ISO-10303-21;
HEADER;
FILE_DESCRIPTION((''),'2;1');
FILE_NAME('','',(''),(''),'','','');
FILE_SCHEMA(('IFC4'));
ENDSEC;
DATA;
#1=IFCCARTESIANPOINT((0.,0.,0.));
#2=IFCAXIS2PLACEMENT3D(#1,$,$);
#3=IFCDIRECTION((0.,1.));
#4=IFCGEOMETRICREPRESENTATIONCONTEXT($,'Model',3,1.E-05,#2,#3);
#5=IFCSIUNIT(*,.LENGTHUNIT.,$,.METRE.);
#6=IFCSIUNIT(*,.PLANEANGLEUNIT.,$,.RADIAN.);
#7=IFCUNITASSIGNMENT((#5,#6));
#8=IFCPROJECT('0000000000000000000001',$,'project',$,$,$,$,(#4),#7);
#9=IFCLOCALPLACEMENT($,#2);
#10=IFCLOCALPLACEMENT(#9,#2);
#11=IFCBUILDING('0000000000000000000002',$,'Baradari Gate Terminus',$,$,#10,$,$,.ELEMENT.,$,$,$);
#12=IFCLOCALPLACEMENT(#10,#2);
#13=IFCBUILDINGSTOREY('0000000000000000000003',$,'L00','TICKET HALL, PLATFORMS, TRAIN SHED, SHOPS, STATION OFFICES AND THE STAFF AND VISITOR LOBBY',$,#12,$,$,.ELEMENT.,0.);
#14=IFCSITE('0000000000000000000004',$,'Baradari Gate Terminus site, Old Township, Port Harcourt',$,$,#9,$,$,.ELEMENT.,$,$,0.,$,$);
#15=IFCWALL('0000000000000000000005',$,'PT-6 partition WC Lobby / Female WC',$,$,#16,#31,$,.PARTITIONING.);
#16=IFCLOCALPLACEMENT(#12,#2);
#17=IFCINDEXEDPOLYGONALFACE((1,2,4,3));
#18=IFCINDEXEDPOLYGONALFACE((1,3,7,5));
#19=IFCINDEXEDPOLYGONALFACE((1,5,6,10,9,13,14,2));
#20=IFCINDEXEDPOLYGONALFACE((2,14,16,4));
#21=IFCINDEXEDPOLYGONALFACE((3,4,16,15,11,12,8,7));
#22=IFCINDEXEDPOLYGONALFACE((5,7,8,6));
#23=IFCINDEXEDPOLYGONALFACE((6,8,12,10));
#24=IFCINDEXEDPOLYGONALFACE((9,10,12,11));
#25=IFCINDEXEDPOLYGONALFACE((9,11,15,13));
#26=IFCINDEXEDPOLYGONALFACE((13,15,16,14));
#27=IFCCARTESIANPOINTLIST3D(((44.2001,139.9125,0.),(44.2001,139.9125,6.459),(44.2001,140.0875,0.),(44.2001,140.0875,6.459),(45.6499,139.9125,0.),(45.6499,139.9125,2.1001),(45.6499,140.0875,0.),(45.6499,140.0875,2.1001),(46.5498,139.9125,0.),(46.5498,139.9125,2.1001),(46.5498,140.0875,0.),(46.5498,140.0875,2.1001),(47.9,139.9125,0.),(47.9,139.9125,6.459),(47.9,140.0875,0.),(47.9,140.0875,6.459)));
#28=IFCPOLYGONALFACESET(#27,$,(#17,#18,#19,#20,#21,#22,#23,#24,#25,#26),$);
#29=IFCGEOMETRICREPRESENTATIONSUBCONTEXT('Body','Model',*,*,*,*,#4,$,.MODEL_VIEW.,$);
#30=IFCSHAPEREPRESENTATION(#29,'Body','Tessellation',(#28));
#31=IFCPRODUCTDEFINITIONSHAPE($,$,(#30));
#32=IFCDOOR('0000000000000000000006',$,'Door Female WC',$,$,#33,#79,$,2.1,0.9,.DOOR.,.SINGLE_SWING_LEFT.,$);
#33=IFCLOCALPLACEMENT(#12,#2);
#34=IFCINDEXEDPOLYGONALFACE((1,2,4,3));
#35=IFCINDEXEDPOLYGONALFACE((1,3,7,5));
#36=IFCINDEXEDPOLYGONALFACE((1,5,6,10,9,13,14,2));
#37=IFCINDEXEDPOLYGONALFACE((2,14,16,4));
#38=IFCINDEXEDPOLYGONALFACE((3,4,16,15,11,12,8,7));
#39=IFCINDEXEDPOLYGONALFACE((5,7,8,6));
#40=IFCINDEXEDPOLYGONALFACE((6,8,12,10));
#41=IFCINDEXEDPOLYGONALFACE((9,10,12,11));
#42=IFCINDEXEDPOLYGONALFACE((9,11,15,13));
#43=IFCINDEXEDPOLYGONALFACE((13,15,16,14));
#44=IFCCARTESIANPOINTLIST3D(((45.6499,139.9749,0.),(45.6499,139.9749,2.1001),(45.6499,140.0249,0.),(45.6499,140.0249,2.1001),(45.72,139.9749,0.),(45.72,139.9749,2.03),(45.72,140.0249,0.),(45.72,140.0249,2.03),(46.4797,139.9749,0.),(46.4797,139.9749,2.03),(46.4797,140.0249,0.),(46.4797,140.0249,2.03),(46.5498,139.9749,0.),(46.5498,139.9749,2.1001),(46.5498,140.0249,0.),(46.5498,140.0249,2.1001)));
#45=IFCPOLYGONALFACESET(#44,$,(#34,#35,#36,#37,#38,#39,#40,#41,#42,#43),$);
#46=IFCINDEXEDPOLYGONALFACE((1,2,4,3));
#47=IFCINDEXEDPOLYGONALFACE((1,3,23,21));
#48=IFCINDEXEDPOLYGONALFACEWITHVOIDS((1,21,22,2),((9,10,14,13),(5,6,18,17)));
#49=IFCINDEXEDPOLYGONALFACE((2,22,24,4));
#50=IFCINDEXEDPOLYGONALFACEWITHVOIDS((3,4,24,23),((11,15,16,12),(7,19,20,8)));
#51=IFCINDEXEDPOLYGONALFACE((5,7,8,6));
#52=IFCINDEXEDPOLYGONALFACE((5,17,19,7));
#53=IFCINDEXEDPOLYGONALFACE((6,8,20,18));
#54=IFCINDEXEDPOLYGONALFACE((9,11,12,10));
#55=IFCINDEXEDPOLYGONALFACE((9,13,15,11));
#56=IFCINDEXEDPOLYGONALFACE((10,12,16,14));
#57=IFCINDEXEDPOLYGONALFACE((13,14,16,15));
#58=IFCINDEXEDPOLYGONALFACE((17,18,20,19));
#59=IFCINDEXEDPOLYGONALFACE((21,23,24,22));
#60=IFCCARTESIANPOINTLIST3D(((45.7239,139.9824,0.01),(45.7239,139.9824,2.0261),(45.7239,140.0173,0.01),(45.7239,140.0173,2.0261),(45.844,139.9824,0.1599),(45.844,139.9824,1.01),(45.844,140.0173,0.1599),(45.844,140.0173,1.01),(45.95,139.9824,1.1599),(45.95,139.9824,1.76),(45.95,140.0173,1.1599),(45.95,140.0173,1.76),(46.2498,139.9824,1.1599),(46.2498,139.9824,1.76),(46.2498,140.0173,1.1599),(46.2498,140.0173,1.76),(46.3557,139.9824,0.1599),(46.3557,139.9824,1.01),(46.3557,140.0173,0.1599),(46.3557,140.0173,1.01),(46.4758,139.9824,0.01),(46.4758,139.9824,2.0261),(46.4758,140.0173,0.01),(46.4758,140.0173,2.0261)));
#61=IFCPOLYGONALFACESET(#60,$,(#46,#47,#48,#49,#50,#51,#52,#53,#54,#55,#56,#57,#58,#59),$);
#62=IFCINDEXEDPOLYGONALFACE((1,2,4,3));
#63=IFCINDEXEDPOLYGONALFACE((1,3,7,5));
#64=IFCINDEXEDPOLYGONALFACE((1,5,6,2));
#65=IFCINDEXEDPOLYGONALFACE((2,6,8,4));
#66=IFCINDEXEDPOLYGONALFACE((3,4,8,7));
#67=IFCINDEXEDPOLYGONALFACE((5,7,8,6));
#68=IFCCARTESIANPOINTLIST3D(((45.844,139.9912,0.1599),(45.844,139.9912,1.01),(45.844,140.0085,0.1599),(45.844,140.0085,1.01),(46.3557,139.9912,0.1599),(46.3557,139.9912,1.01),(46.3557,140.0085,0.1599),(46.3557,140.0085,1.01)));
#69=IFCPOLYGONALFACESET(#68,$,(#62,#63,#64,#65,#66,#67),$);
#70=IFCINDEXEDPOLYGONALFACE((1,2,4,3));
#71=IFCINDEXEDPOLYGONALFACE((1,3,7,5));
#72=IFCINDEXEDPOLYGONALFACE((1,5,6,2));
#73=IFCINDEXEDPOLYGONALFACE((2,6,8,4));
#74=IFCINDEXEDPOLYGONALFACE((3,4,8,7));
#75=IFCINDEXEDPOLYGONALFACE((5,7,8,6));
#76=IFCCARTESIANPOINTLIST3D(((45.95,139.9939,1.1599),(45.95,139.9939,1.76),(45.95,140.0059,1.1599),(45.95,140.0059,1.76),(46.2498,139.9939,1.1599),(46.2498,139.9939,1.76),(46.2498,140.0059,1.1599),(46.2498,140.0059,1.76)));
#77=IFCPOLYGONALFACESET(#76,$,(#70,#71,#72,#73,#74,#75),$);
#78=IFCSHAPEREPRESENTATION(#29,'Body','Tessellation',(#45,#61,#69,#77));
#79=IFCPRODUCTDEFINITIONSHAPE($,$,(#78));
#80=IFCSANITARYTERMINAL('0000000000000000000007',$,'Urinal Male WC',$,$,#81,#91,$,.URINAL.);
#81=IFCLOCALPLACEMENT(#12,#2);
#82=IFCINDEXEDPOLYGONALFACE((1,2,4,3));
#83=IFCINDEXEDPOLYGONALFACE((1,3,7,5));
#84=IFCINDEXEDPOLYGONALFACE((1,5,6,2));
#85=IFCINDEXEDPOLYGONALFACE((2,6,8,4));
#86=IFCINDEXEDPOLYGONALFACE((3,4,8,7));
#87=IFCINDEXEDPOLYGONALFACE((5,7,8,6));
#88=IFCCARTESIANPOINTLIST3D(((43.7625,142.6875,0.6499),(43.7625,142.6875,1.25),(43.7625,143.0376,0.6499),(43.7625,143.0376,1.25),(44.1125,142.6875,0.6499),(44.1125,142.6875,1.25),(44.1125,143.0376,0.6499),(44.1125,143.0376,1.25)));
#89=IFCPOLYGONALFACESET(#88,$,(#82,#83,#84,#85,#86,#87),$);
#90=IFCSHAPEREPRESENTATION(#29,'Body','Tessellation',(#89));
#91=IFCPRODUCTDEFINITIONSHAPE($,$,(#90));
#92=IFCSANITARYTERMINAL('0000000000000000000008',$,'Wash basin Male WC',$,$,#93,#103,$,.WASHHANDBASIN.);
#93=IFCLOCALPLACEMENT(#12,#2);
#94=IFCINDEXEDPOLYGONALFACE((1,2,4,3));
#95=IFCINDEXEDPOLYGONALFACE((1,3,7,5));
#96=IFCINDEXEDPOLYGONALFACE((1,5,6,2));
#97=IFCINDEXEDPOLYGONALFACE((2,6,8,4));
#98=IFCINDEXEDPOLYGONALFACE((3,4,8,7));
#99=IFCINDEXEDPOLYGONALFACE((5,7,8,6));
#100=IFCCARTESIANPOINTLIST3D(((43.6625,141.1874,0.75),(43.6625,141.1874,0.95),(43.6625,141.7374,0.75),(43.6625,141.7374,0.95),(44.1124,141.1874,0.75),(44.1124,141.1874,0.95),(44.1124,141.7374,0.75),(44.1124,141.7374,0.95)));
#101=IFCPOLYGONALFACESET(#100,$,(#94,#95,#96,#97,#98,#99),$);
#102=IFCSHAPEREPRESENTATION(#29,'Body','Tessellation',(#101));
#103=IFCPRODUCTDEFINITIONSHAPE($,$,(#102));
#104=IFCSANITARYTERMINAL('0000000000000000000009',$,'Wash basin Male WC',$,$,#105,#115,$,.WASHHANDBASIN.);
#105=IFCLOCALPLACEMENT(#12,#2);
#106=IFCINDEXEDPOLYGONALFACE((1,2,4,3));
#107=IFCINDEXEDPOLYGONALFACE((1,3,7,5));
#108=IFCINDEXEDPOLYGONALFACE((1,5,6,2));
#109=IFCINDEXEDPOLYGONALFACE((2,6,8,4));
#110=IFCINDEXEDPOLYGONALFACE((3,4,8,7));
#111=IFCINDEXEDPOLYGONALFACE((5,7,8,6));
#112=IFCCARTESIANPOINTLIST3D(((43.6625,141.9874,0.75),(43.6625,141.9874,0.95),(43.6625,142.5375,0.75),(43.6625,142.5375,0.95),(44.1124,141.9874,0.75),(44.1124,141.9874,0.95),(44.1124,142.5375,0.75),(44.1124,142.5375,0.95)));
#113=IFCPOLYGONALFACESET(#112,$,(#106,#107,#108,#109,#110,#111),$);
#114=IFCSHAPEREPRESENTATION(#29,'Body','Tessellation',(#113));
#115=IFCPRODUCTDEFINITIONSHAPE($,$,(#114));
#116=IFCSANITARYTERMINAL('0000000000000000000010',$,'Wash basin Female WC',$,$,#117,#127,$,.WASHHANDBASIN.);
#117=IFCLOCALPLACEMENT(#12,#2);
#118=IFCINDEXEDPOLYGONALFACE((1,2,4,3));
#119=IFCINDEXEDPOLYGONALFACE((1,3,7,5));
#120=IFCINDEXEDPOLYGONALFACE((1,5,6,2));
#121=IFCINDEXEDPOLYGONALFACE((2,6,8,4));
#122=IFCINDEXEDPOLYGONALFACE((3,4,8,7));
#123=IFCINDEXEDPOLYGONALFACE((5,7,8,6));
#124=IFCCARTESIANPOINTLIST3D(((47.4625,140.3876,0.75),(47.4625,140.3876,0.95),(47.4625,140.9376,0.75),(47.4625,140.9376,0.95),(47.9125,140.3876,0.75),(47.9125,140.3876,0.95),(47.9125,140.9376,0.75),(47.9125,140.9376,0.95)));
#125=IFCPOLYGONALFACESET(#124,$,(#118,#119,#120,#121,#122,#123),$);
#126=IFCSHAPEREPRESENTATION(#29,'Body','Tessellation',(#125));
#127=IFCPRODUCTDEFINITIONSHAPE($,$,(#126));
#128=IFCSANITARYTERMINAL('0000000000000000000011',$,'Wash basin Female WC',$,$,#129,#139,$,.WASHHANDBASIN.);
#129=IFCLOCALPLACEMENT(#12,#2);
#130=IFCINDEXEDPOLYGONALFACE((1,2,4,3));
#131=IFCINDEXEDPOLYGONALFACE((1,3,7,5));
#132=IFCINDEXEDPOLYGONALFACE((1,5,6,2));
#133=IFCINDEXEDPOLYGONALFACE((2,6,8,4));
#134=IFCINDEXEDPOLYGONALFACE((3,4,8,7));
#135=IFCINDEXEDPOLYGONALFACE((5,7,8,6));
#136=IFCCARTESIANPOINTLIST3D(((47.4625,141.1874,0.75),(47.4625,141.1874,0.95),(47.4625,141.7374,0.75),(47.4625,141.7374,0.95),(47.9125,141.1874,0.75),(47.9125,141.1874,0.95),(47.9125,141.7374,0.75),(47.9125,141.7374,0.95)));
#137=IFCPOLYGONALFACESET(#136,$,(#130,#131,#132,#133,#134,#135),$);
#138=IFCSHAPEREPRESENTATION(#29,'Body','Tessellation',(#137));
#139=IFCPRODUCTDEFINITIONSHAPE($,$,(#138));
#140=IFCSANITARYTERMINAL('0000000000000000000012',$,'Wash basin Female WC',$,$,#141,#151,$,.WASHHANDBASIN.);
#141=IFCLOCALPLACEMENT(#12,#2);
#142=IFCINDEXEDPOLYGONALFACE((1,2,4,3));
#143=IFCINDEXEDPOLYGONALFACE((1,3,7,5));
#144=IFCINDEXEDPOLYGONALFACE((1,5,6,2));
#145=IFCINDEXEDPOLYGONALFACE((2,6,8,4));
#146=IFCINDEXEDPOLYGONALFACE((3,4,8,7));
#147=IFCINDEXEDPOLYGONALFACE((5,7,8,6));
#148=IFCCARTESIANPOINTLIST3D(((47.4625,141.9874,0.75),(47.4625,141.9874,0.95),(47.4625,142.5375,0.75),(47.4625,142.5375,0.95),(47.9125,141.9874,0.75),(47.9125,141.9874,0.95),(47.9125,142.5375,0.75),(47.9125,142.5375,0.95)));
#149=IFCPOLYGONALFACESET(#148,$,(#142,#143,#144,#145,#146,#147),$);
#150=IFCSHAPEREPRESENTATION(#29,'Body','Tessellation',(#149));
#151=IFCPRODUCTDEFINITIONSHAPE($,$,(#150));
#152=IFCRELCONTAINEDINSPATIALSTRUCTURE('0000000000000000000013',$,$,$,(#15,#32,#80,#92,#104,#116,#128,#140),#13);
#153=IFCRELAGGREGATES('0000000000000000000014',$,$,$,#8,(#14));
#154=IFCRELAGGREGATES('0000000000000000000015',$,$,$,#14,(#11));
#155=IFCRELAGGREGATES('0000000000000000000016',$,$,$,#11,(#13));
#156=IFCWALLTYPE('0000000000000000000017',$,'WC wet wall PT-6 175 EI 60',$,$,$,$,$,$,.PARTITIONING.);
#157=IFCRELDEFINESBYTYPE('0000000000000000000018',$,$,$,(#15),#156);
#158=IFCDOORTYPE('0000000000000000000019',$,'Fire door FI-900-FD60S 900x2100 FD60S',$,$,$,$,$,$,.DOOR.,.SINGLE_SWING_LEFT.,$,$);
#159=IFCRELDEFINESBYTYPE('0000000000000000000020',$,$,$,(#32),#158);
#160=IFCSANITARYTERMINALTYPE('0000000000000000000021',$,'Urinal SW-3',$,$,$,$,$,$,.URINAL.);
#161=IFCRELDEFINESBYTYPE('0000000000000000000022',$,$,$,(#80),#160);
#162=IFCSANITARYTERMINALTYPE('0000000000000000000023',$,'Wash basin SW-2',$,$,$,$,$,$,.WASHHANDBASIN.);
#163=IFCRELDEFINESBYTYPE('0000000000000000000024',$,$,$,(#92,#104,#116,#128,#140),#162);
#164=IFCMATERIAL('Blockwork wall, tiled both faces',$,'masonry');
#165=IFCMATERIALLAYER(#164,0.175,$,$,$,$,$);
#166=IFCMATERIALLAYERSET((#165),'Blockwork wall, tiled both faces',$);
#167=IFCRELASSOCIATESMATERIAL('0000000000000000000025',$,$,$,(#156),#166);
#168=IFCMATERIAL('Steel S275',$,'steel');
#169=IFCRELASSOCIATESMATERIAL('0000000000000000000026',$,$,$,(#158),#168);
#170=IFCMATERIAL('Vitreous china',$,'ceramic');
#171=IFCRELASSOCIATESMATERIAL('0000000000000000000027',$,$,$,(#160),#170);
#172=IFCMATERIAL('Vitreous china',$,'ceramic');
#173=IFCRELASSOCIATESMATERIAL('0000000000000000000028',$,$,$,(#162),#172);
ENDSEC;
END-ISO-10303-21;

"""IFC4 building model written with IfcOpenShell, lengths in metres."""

from ifc_helpers import new_model, si_unit, direction, frame, frame_2d, origin, origin_2d, place, context, subcontext, project, spatial, polyline, rectangle, outline, extrude, material, layer, layer_set, type_object, element, fill, save


model = new_model("IFC4")

# Units and contexts
model_context = context("Model", 3, precision=1e-05, world=origin(), true_north=direction((0.0, 1.0)))
body_context = subcontext(model_context, "Body", "Model", "MODEL_VIEW")
ifc_project = project(units=[si_unit("LENGTHUNIT", "METRE"), si_unit("PLANEANGLEUNIT", "RADIAN")], contexts=[model_context])

# Site, building, storey
site_placement = place(None, origin())
site = spatial("IfcSite", under=ifc_project, at=site_placement, Name="Baradari Gate Terminus site, Old Township, Port Harcourt", CompositionType="ELEMENT", RefElevation=0.0)
building_placement = place(site_placement, origin())
building = spatial("IfcBuilding", under=site, at=building_placement, Name="Baradari Gate Terminus", CompositionType="ELEMENT")
storey_placement = place(building_placement, origin())
storey = spatial("IfcBuildingStorey", under=building, at=storey_placement, Name="L00", Description="TICKET HALL, PLATFORMS, TRAIN SHED, SHOPS, STATION OFFICES AND THE STAFF AND VISITOR LOBBY", CompositionType="ELEMENT", Elevation=0.0)

# Shared definitions
ifc_material_1 = material(Name="Blockwork wall, tiled both faces", Category="masonry")
ifc_layer_1 = layer(ifc_material_1, 0.175)
ifc_layer_set_1 = layer_set([ifc_layer_1], Name="Blockwork wall, tiled both faces")
wall_type_1 = type_object("IfcWallType", Name="WC wet wall PT-6 175 EI 60", PredefinedType="PARTITIONING", material=ifc_layer_set_1)

# Wall, opening, door
wall_1_placement = place(storey_placement, frame((44.2, 140.0, 0.0), z_axis=(0.0, 0.0, 1.0), x_axis=(1.0, 0.0, 0.0)))
wall_1 = element("IfcWall", 1, at=wall_1_placement, inside=storey, type_object=wall_type_1, Name="PT-6 partition WC Lobby / Female WC", PredefinedType="PARTITIONING", context=body_context, shape_type="SweptSolid", body=[
    extrude(rectangle(XDim=3.7, YDim=0.175, at=frame_2d((1.8501, 0.0))), origin(), (0.0, 0.0, 1.0), 6.459),
])
opening_1_placement = place(wall_1_placement, frame((1.45, 0.0, 0.0)))
opening_1 = element("IfcOpeningElement", 2, at=opening_1_placement, cuts=wall_1, PredefinedType="OPENING", context=body_context, shape_type="SweptSolid", body=[
    extrude(rectangle(XDim=0.8999, YDim=2.1001, at=frame_2d((0.45, 1.05))), frame((0.0, 0.0974, 0.0), z_axis=(0.0, -1.0, 0.0), x_axis=(1.0, 0.0, 0.0)), (0.0, 0.0, 1.0), 0.1951),
])
ifc_material_2 = material(Name="Steel S275", Category="steel")
door_type_1 = type_object("IfcDoorType", Name="Fire door FI-900-FD60S 900x2100 FD60S", OperationType="SINGLE_SWING_LEFT", PredefinedType="DOOR", material=ifc_material_2)
door_1_placement = place(opening_1_placement, origin())
door_1 = element("IfcDoor", 3, at=door_1_placement, inside=storey, type_object=door_type_1, Name="Door Female WC", OperationType="SINGLE_SWING_LEFT", OverallHeight=2.1, OverallWidth=0.9, PredefinedType="DOOR", context=body_context, shape_type="SweptSolid", body=[
    extrude(outline(polyline([(0.0, 0.0), (0.0701, 0.0), (0.0701, 2.03), (0.8298, 2.03), (0.8298, 0.0), (0.8999, 0.0), (0.8999, 2.1001), (0.0, 2.1001), (0.0, 0.0)])), frame((0.0, 0.0249, 0.0), z_axis=(0.0, -1.0, 0.0), x_axis=(1.0, 0.0, 0.0)), (0.0, 0.0, 1.0), 0.05),
    extrude(outline(polyline([(0.074, 0.01), (0.8259, 0.01), (0.8259, 2.0261), (0.074, 2.0261), (0.074, 0.01)]), holes=[polyline([(0.1941, 0.1599), (0.7058, 0.1599), (0.7058, 1.01), (0.1941, 1.01), (0.1941, 0.1599)]), polyline([(0.3, 1.1599), (0.5999, 1.1599), (0.5999, 1.76), (0.3, 1.76), (0.3, 1.1599)])]), frame((0.0, 0.0173, 0.0), z_axis=(0.0, -1.0, 0.0), x_axis=(1.0, 0.0, 0.0)), (0.0, 0.0, 1.0), 0.0349),
    extrude(rectangle(XDim=0.5117, YDim=0.8501, at=frame_2d((0.45, 0.585))), frame((0.0, 0.0085, 0.0), z_axis=(0.0, -1.0, 0.0), x_axis=(1.0, 0.0, 0.0)), (0.0, 0.0, 1.0), 0.0173),
    extrude(rectangle(XDim=0.2998, YDim=0.6001, at=frame_2d((0.45, 1.46))), frame((0.0, 0.0059, 0.0), z_axis=(0.0, -1.0, 0.0), x_axis=(1.0, 0.0, 0.0)), (0.0, 0.0, 1.0), 0.012),
])
fill(opening_1, door_1)

# Sanitary terminals
ifc_material_3 = material(Name="Vitreous china", Category="ceramic")
sanitary_terminal_type_1 = type_object("IfcSanitaryTerminalType", Name="Urinal SW-3", PredefinedType="URINAL", material=ifc_material_3)
sanitary_terminal_placement = place(storey_placement, frame((43.9375, 142.8625, 0.6499), z_axis=(0.0, 0.0, 1.0), x_axis=(1.0, 0.0, 0.0)))
element("IfcSanitaryTerminal", 4, at=sanitary_terminal_placement, inside=storey, type_object=sanitary_terminal_type_1, Name="Urinal Male WC", PredefinedType="URINAL", context=body_context, shape_type="SweptSolid", body=[
    extrude(rectangle(XDim=0.3501, YDim=0.3501, at=origin_2d()), origin(), (0.0, 0.0, 1.0), 0.6001),
])
ifc_material_4 = material(Name="Vitreous china", Category="ceramic")
sanitary_terminal_type_2 = type_object("IfcSanitaryTerminalType", Name="Wash basin SW-2", PredefinedType="WASHHANDBASIN", material=ifc_material_4)
for number, where, z_axis, x_axis, name in (
    (5, (43.8875, 141.4624, 0.75), (0.0, 0.0, 1.0), (1.0, 0.0, 0.0), "Wash basin Male WC"),
    (6, (43.8875, 142.2625, 0.75), (0.0, 0.0, 1.0), (1.0, 0.0, 0.0), "Wash basin Male WC"),
    (7, (47.6875, 140.6626, 0.75), (0.0, 0.0, 1.0), (1.0, 0.0, 0.0), "Wash basin Female WC"),
    (8, (47.6875, 141.4624, 0.75), (0.0, 0.0, 1.0), (1.0, 0.0, 0.0), "Wash basin Female WC"),
    (9, (47.6875, 142.2625, 0.75), (0.0, 0.0, 1.0), (1.0, 0.0, 0.0), "Wash basin Female WC"),
):
    element("IfcSanitaryTerminal", number, at=place(storey_placement, frame(where, z_axis=z_axis, x_axis=x_axis)), inside=storey, type_object=sanitary_terminal_type_2, Name=name, PredefinedType="WASHHANDBASIN", context=body_context, shape_type="SweptSolid", body=[
        extrude(rectangle(XDim=0.45, YDim=0.55, at=origin_2d()), origin(), (0.0, 0.0, 1.0), 0.2),
    ])

save(model, "model.ifc")
